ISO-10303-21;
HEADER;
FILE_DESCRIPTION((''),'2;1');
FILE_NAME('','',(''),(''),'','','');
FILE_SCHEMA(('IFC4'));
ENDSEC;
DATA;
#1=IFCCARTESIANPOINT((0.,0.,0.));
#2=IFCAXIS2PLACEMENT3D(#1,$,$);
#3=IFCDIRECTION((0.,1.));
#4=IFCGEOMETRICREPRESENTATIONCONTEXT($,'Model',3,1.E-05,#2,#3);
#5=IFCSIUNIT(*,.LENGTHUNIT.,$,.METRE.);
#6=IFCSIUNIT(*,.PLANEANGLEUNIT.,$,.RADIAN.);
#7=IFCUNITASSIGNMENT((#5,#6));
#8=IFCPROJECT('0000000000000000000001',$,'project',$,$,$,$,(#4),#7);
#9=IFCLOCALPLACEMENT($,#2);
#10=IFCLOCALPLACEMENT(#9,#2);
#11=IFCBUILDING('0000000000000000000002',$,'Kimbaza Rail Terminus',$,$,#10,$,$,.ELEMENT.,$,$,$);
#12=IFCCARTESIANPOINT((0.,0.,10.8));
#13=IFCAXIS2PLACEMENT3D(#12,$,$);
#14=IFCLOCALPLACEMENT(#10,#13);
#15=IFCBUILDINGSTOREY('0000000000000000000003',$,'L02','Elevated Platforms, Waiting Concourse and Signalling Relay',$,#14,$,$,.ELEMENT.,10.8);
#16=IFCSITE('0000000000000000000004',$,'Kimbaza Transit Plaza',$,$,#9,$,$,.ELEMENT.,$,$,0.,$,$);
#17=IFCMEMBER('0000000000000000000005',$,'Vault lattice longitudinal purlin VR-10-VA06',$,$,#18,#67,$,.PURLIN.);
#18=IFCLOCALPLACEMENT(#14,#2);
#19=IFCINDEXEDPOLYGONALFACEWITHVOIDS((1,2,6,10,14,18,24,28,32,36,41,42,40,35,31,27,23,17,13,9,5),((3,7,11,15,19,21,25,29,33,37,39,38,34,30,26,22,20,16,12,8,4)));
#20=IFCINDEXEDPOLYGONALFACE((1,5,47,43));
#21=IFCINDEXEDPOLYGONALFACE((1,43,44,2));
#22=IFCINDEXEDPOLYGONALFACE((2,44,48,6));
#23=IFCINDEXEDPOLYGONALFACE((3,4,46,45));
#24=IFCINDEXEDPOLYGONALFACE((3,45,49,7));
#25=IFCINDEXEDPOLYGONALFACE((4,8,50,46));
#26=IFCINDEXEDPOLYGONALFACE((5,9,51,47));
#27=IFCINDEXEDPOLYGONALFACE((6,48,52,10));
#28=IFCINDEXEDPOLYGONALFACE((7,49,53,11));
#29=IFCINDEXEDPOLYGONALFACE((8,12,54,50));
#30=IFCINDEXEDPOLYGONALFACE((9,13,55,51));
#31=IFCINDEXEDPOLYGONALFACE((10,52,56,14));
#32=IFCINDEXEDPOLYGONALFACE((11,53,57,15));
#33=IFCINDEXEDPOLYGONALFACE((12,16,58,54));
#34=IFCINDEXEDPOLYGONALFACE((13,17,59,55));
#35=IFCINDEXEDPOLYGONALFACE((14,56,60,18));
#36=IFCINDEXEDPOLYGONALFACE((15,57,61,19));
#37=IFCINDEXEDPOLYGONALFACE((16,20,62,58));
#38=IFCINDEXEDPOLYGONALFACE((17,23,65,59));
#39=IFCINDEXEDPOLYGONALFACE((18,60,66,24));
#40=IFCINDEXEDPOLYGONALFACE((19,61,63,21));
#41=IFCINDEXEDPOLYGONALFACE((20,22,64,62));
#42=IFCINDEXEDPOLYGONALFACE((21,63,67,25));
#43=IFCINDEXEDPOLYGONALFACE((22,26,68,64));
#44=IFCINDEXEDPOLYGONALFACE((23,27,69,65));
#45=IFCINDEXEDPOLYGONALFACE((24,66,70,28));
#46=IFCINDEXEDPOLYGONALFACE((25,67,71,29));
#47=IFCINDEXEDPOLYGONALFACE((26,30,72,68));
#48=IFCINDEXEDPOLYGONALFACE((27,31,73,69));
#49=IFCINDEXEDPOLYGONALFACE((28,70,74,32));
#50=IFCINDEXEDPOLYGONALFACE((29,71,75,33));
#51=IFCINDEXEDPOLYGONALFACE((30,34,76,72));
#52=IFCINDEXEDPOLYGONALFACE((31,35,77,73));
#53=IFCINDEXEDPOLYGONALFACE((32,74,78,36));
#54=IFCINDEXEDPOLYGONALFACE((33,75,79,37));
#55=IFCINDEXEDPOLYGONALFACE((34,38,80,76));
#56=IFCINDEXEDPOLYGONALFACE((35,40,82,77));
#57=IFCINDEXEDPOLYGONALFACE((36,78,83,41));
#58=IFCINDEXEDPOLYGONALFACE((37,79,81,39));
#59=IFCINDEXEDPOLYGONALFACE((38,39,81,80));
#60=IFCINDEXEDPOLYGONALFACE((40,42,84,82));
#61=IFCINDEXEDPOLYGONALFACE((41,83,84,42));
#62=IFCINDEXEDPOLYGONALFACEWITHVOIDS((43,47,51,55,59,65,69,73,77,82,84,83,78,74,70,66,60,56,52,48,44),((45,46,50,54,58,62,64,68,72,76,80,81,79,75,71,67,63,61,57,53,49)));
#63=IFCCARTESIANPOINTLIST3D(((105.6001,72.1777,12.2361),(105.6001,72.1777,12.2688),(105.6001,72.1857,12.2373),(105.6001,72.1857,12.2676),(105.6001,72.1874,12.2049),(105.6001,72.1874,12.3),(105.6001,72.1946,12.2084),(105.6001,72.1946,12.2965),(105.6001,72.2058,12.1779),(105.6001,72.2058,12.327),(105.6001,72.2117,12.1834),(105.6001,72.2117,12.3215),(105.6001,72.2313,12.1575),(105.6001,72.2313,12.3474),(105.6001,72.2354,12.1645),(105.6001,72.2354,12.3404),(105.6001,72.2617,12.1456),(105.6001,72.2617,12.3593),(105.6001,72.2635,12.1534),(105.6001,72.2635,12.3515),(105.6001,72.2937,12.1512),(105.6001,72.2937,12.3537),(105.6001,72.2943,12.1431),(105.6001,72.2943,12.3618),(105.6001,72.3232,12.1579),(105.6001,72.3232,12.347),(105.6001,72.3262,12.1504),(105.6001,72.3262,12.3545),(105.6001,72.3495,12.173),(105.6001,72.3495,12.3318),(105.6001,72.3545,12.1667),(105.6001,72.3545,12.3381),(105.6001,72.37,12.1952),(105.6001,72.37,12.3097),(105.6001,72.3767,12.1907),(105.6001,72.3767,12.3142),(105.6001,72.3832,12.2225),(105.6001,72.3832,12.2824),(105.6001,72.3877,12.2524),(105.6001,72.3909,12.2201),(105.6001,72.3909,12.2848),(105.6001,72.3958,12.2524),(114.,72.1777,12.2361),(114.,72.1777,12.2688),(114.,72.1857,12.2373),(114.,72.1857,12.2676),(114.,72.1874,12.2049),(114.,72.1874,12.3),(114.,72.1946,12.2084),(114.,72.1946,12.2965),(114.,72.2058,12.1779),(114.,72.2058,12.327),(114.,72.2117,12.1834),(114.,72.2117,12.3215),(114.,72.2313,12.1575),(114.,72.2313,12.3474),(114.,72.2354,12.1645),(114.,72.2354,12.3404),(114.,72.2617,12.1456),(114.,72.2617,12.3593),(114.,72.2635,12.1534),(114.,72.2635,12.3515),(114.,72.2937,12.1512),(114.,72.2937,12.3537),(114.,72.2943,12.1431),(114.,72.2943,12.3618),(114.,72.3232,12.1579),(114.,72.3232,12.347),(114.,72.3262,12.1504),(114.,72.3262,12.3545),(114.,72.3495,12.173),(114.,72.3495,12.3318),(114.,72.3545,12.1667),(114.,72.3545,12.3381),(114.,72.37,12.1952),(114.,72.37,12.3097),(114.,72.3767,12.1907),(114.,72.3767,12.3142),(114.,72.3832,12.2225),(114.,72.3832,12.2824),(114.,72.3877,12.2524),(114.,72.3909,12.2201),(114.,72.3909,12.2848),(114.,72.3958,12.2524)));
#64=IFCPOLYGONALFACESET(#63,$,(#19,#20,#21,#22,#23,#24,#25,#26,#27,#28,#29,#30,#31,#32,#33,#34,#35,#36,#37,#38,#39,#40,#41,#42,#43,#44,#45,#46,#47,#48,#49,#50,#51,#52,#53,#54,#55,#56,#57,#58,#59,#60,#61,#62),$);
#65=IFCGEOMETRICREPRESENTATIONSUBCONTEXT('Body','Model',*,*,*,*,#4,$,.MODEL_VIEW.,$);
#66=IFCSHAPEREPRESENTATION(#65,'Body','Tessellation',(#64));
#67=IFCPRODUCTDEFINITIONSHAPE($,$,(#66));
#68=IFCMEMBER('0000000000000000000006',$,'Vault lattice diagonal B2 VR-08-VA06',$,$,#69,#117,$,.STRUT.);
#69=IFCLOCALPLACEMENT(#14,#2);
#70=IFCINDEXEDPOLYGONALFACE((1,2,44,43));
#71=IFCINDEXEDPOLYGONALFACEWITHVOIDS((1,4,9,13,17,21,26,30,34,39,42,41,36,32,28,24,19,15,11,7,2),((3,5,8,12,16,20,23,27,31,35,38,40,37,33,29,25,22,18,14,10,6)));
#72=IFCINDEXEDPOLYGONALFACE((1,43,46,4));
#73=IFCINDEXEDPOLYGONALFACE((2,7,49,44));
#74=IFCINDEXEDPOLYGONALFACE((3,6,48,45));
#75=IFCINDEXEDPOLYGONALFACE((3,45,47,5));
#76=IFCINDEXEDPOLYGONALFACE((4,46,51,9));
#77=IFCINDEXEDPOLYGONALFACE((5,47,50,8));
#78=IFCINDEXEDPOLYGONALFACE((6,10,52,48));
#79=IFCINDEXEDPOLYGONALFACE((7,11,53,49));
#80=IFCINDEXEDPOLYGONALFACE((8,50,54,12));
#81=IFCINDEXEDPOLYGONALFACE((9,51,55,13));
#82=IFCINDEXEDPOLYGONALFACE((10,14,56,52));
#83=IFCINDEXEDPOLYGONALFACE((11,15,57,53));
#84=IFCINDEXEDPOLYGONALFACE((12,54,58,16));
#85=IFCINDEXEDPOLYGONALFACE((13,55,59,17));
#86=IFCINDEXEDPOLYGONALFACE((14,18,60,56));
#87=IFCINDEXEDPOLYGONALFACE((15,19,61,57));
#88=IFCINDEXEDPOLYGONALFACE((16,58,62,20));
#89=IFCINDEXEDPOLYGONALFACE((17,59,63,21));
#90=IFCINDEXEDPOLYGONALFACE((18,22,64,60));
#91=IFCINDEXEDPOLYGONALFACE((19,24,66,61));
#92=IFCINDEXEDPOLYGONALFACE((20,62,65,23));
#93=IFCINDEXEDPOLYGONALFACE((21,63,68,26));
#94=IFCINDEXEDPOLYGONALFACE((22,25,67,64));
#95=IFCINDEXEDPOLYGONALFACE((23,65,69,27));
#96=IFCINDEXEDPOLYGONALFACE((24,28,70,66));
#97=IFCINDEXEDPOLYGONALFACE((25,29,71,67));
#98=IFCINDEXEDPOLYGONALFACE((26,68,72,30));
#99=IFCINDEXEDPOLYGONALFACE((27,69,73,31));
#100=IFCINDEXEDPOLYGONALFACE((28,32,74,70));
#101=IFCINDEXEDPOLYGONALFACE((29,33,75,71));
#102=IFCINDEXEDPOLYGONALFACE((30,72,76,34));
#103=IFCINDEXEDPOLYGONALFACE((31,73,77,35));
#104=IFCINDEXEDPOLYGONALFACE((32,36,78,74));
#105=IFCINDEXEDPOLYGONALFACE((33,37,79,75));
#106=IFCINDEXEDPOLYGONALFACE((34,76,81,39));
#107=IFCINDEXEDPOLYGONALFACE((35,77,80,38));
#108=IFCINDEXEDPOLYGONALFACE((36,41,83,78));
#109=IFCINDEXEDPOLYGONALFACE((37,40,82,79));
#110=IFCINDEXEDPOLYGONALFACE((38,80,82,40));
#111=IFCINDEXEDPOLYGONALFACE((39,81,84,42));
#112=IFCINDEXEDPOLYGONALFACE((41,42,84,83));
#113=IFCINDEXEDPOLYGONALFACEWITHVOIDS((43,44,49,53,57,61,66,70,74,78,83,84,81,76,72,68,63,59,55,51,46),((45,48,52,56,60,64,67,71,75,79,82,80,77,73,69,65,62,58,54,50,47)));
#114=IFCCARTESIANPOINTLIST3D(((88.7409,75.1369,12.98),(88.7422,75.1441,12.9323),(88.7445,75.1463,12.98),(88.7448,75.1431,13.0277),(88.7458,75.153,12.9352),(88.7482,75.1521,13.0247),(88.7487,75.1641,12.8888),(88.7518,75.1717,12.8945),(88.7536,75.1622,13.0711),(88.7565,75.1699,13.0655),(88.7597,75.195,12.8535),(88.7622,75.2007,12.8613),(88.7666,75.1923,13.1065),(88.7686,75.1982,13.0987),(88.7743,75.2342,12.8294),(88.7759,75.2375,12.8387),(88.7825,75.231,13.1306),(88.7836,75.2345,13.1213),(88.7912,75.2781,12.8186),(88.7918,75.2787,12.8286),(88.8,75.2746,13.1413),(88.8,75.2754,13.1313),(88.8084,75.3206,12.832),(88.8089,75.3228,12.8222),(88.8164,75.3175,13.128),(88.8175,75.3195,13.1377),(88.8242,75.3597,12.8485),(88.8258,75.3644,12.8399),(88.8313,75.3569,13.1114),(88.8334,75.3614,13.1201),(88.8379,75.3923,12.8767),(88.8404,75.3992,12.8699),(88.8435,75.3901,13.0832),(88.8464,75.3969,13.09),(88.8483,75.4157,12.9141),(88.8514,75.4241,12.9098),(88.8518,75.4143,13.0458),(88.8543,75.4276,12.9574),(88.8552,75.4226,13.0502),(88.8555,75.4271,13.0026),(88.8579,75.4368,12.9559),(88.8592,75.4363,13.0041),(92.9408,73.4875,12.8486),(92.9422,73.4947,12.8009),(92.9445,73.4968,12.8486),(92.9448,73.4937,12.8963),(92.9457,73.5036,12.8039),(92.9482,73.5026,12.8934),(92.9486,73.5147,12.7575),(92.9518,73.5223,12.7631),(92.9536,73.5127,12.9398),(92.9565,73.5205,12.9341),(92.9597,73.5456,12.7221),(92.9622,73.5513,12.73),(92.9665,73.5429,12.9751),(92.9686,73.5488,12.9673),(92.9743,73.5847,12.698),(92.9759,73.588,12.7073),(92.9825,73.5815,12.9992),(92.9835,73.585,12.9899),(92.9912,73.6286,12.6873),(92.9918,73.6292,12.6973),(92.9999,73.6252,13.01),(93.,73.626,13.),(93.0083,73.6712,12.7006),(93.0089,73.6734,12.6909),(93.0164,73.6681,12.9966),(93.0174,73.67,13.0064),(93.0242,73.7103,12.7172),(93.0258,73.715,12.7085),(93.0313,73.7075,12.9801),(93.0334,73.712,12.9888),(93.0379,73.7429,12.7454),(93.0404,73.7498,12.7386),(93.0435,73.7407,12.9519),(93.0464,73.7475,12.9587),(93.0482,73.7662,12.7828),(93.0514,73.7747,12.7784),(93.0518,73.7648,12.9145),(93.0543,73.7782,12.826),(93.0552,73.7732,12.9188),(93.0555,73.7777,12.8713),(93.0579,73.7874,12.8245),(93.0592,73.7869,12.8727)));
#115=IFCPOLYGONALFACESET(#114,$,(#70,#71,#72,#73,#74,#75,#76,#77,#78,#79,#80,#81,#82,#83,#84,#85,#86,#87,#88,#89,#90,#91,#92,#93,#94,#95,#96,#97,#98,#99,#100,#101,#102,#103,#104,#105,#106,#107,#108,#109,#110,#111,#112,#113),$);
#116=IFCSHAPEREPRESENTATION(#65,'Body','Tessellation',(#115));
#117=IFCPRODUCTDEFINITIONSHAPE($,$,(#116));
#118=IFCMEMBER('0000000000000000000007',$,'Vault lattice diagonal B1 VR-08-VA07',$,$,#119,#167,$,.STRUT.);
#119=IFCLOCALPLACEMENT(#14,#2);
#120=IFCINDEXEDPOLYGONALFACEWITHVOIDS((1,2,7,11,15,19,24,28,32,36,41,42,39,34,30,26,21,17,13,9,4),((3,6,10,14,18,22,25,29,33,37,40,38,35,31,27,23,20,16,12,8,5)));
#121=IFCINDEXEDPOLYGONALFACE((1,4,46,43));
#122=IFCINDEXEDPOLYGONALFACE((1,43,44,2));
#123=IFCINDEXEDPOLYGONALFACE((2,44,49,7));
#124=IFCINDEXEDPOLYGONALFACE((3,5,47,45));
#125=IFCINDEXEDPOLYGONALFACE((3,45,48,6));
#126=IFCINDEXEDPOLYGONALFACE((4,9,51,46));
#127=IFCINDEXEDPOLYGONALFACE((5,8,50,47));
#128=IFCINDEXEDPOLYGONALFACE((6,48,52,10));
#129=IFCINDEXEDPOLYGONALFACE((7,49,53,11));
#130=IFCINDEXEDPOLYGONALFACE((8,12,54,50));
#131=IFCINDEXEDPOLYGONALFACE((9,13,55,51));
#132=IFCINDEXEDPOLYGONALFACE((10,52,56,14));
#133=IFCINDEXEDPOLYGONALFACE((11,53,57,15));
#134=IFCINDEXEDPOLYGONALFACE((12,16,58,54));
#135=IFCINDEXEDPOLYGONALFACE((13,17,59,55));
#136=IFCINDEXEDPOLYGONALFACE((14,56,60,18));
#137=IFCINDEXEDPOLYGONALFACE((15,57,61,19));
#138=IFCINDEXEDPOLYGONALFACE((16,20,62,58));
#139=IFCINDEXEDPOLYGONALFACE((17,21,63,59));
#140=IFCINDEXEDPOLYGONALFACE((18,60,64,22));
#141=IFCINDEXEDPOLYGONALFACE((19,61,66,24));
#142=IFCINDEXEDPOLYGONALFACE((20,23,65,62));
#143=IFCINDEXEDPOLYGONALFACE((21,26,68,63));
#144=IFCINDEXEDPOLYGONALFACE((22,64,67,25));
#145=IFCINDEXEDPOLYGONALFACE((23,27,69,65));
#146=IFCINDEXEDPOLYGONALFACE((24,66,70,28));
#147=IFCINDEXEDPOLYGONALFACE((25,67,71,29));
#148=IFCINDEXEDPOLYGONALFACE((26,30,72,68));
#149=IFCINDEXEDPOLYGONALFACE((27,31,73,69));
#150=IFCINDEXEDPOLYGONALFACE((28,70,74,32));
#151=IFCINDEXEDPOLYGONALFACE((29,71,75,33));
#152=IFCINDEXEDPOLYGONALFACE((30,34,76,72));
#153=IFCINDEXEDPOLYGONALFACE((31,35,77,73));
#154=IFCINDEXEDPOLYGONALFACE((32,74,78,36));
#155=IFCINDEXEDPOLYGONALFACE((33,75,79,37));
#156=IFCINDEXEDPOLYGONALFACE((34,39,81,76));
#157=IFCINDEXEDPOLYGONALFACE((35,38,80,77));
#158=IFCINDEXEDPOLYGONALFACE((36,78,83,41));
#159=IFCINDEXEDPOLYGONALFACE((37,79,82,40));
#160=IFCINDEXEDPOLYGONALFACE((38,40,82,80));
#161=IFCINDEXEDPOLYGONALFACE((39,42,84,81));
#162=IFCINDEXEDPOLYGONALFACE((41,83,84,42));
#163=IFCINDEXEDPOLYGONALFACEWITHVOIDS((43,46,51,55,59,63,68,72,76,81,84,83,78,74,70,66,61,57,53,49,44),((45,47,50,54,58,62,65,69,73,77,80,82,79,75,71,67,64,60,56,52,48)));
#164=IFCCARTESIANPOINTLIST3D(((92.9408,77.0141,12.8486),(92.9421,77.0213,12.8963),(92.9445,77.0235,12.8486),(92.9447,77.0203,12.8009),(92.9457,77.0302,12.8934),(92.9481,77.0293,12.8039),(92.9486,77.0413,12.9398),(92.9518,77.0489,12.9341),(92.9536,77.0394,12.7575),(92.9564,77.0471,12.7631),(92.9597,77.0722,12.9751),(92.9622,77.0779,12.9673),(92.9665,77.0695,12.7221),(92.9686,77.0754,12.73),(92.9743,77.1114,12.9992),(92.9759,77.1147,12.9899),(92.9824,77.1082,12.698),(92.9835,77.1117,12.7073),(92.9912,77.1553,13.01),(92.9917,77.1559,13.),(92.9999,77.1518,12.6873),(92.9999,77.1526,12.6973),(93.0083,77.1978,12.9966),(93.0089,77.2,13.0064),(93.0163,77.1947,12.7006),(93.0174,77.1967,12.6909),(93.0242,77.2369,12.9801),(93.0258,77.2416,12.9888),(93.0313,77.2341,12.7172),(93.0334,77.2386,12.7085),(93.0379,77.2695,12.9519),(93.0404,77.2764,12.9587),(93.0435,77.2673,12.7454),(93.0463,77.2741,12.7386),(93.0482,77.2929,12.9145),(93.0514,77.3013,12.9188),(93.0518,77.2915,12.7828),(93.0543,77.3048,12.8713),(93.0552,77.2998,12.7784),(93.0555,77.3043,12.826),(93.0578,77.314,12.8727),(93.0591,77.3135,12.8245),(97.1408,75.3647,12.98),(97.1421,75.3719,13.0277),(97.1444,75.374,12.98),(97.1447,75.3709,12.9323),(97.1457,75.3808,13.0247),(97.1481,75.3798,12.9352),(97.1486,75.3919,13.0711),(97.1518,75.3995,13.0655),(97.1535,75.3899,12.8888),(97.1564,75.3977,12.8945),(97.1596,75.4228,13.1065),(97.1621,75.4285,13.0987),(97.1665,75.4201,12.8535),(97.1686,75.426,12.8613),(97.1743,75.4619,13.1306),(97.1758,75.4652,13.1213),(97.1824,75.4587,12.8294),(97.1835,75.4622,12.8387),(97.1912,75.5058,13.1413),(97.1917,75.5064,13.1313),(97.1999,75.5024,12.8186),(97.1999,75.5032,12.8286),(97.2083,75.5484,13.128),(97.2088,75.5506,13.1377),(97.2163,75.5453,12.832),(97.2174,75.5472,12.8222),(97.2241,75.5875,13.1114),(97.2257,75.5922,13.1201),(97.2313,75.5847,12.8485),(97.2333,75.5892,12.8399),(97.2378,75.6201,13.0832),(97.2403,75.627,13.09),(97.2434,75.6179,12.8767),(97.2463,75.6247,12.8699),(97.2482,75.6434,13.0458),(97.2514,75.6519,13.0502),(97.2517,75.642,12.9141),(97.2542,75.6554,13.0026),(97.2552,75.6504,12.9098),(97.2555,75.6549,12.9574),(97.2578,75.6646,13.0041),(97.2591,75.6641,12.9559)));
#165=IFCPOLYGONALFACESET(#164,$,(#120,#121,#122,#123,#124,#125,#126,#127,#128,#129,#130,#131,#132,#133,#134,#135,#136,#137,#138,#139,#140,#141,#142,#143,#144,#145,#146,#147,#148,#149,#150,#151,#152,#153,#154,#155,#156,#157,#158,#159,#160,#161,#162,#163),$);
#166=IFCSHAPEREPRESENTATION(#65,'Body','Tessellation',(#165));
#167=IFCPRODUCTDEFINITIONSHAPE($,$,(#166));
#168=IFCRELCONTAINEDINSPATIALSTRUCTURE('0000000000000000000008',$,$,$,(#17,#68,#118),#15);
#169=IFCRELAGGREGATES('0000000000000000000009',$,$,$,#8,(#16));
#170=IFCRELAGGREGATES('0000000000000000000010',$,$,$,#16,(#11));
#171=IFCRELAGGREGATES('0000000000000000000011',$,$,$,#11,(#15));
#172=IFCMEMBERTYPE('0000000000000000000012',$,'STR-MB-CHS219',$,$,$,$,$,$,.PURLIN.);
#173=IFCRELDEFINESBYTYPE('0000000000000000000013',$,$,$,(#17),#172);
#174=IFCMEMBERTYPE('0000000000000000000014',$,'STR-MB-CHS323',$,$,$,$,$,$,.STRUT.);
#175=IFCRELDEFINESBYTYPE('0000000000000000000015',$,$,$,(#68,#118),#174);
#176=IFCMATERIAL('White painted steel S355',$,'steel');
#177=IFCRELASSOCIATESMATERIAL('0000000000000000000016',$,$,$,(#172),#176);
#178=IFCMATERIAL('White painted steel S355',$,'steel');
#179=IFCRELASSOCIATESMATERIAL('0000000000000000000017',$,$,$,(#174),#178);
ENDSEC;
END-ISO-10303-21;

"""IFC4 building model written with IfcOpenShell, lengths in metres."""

from ifc_helpers import new_model, si_unit, direction, frame, origin, origin_2d, place, context, subcontext, project, spatial, hollow_circle, extrude, material, material_profile, profile_set, type_object, element, save


model = new_model("IFC4")

# Units and contexts
model_context = context("Model", 3, precision=1e-05, world=origin(), true_north=direction((0.0, 1.0)))
body_context = subcontext(model_context, "Body", "Model", "MODEL_VIEW")
ifc_project = project(units=[si_unit("LENGTHUNIT", "METRE"), si_unit("PLANEANGLEUNIT", "RADIAN")], contexts=[model_context])

# Site, building, storey
site_placement = place(None, origin())
site = spatial("IfcSite", under=ifc_project, at=site_placement, Name="Kimbaza Transit Plaza", CompositionType="ELEMENT", RefElevation=0.0)
building_placement = place(site_placement, origin())
building = spatial("IfcBuilding", under=site, at=building_placement, Name="Kimbaza Rail Terminus", CompositionType="ELEMENT")
storey_placement = place(building_placement, frame((0.0, 0.0, 10.8)))
storey = spatial("IfcBuildingStorey", under=building, at=storey_placement, Name="L02", Description="Elevated Platforms, Waiting Concourse and Signalling Relay", CompositionType="ELEMENT", Elevation=10.8)

# Members
ifc_material_1 = material(Name="White painted steel S355", Category="steel")
ifc_material_profile_1 = material_profile(ifc_material_1, hollow_circle(Radius=0.1096, WallThickness=0.0081, at=origin_2d()), Name="CHS 219.1x8")
ifc_profile_set_1 = profile_set([ifc_material_profile_1], Name="White painted steel S355")
member_type_1 = type_object("IfcMemberType", Name="STR-MB-CHS219", PredefinedType="PURLIN", material=ifc_profile_set_1)
member_1_placement = place(storey_placement, frame((105.6001, 72.2861, 12.2524), z_axis=(1.0, 0.0, 0.0), x_axis=(0.0, 1.0, 0.0)))
element("IfcMember", 1, at=member_1_placement, inside=storey, type_object=member_type_1, Name="Vault lattice longitudinal purlin VR-10-VA06", PredefinedType="PURLIN", context=body_context, shape_type="SweptSolid", body=[
    extrude(hollow_circle(Radius=0.1096, WallThickness=0.0081, at=origin_2d()), origin(), (0.0, 0.0, 1.0), 8.3999),
])
ifc_material_2 = material(Name="White painted steel S355", Category="steel")
ifc_material_profile_2 = material_profile(ifc_material_2, hollow_circle(Radius=0.1619, WallThickness=0.01, at=origin_2d()), Name="CHS 323.9x10")
ifc_profile_set_2 = profile_set([ifc_material_profile_2], Name="White painted steel S355")
member_type_2 = type_object("IfcMemberType", Name="STR-MB-CHS323", PredefinedType="STRUT", material=ifc_profile_set_2)
for number, where, z_axis, x_axis, name in (
    (2, (93.0, 73.6382, 12.8486), (-0.9304, 0.365389, 0.029097), (-0.365544, -0.930794, 0.0), "Vault lattice diagonal B2 VR-08-VA06"),
    (3, (97.2, 75.5154, 12.98), (-0.9304, 0.365389, -0.029097), (-0.365544, -0.930794, 0.0), "Vault lattice diagonal B1 VR-08-VA07"),
):
    element("IfcMember", number, at=place(storey_placement, frame(where, z_axis=z_axis, x_axis=x_axis)), inside=storey, type_object=member_type_2, Name=name, PredefinedType="STRUT", context=body_context, shape_type="SweptSolid", body=[
        extrude(hollow_circle(Radius=0.1619, WallThickness=0.01, at=origin_2d()), origin(), (0.0, 0.0, 1.0), 4.5142),
    ])

save(model, "model.ifc")
